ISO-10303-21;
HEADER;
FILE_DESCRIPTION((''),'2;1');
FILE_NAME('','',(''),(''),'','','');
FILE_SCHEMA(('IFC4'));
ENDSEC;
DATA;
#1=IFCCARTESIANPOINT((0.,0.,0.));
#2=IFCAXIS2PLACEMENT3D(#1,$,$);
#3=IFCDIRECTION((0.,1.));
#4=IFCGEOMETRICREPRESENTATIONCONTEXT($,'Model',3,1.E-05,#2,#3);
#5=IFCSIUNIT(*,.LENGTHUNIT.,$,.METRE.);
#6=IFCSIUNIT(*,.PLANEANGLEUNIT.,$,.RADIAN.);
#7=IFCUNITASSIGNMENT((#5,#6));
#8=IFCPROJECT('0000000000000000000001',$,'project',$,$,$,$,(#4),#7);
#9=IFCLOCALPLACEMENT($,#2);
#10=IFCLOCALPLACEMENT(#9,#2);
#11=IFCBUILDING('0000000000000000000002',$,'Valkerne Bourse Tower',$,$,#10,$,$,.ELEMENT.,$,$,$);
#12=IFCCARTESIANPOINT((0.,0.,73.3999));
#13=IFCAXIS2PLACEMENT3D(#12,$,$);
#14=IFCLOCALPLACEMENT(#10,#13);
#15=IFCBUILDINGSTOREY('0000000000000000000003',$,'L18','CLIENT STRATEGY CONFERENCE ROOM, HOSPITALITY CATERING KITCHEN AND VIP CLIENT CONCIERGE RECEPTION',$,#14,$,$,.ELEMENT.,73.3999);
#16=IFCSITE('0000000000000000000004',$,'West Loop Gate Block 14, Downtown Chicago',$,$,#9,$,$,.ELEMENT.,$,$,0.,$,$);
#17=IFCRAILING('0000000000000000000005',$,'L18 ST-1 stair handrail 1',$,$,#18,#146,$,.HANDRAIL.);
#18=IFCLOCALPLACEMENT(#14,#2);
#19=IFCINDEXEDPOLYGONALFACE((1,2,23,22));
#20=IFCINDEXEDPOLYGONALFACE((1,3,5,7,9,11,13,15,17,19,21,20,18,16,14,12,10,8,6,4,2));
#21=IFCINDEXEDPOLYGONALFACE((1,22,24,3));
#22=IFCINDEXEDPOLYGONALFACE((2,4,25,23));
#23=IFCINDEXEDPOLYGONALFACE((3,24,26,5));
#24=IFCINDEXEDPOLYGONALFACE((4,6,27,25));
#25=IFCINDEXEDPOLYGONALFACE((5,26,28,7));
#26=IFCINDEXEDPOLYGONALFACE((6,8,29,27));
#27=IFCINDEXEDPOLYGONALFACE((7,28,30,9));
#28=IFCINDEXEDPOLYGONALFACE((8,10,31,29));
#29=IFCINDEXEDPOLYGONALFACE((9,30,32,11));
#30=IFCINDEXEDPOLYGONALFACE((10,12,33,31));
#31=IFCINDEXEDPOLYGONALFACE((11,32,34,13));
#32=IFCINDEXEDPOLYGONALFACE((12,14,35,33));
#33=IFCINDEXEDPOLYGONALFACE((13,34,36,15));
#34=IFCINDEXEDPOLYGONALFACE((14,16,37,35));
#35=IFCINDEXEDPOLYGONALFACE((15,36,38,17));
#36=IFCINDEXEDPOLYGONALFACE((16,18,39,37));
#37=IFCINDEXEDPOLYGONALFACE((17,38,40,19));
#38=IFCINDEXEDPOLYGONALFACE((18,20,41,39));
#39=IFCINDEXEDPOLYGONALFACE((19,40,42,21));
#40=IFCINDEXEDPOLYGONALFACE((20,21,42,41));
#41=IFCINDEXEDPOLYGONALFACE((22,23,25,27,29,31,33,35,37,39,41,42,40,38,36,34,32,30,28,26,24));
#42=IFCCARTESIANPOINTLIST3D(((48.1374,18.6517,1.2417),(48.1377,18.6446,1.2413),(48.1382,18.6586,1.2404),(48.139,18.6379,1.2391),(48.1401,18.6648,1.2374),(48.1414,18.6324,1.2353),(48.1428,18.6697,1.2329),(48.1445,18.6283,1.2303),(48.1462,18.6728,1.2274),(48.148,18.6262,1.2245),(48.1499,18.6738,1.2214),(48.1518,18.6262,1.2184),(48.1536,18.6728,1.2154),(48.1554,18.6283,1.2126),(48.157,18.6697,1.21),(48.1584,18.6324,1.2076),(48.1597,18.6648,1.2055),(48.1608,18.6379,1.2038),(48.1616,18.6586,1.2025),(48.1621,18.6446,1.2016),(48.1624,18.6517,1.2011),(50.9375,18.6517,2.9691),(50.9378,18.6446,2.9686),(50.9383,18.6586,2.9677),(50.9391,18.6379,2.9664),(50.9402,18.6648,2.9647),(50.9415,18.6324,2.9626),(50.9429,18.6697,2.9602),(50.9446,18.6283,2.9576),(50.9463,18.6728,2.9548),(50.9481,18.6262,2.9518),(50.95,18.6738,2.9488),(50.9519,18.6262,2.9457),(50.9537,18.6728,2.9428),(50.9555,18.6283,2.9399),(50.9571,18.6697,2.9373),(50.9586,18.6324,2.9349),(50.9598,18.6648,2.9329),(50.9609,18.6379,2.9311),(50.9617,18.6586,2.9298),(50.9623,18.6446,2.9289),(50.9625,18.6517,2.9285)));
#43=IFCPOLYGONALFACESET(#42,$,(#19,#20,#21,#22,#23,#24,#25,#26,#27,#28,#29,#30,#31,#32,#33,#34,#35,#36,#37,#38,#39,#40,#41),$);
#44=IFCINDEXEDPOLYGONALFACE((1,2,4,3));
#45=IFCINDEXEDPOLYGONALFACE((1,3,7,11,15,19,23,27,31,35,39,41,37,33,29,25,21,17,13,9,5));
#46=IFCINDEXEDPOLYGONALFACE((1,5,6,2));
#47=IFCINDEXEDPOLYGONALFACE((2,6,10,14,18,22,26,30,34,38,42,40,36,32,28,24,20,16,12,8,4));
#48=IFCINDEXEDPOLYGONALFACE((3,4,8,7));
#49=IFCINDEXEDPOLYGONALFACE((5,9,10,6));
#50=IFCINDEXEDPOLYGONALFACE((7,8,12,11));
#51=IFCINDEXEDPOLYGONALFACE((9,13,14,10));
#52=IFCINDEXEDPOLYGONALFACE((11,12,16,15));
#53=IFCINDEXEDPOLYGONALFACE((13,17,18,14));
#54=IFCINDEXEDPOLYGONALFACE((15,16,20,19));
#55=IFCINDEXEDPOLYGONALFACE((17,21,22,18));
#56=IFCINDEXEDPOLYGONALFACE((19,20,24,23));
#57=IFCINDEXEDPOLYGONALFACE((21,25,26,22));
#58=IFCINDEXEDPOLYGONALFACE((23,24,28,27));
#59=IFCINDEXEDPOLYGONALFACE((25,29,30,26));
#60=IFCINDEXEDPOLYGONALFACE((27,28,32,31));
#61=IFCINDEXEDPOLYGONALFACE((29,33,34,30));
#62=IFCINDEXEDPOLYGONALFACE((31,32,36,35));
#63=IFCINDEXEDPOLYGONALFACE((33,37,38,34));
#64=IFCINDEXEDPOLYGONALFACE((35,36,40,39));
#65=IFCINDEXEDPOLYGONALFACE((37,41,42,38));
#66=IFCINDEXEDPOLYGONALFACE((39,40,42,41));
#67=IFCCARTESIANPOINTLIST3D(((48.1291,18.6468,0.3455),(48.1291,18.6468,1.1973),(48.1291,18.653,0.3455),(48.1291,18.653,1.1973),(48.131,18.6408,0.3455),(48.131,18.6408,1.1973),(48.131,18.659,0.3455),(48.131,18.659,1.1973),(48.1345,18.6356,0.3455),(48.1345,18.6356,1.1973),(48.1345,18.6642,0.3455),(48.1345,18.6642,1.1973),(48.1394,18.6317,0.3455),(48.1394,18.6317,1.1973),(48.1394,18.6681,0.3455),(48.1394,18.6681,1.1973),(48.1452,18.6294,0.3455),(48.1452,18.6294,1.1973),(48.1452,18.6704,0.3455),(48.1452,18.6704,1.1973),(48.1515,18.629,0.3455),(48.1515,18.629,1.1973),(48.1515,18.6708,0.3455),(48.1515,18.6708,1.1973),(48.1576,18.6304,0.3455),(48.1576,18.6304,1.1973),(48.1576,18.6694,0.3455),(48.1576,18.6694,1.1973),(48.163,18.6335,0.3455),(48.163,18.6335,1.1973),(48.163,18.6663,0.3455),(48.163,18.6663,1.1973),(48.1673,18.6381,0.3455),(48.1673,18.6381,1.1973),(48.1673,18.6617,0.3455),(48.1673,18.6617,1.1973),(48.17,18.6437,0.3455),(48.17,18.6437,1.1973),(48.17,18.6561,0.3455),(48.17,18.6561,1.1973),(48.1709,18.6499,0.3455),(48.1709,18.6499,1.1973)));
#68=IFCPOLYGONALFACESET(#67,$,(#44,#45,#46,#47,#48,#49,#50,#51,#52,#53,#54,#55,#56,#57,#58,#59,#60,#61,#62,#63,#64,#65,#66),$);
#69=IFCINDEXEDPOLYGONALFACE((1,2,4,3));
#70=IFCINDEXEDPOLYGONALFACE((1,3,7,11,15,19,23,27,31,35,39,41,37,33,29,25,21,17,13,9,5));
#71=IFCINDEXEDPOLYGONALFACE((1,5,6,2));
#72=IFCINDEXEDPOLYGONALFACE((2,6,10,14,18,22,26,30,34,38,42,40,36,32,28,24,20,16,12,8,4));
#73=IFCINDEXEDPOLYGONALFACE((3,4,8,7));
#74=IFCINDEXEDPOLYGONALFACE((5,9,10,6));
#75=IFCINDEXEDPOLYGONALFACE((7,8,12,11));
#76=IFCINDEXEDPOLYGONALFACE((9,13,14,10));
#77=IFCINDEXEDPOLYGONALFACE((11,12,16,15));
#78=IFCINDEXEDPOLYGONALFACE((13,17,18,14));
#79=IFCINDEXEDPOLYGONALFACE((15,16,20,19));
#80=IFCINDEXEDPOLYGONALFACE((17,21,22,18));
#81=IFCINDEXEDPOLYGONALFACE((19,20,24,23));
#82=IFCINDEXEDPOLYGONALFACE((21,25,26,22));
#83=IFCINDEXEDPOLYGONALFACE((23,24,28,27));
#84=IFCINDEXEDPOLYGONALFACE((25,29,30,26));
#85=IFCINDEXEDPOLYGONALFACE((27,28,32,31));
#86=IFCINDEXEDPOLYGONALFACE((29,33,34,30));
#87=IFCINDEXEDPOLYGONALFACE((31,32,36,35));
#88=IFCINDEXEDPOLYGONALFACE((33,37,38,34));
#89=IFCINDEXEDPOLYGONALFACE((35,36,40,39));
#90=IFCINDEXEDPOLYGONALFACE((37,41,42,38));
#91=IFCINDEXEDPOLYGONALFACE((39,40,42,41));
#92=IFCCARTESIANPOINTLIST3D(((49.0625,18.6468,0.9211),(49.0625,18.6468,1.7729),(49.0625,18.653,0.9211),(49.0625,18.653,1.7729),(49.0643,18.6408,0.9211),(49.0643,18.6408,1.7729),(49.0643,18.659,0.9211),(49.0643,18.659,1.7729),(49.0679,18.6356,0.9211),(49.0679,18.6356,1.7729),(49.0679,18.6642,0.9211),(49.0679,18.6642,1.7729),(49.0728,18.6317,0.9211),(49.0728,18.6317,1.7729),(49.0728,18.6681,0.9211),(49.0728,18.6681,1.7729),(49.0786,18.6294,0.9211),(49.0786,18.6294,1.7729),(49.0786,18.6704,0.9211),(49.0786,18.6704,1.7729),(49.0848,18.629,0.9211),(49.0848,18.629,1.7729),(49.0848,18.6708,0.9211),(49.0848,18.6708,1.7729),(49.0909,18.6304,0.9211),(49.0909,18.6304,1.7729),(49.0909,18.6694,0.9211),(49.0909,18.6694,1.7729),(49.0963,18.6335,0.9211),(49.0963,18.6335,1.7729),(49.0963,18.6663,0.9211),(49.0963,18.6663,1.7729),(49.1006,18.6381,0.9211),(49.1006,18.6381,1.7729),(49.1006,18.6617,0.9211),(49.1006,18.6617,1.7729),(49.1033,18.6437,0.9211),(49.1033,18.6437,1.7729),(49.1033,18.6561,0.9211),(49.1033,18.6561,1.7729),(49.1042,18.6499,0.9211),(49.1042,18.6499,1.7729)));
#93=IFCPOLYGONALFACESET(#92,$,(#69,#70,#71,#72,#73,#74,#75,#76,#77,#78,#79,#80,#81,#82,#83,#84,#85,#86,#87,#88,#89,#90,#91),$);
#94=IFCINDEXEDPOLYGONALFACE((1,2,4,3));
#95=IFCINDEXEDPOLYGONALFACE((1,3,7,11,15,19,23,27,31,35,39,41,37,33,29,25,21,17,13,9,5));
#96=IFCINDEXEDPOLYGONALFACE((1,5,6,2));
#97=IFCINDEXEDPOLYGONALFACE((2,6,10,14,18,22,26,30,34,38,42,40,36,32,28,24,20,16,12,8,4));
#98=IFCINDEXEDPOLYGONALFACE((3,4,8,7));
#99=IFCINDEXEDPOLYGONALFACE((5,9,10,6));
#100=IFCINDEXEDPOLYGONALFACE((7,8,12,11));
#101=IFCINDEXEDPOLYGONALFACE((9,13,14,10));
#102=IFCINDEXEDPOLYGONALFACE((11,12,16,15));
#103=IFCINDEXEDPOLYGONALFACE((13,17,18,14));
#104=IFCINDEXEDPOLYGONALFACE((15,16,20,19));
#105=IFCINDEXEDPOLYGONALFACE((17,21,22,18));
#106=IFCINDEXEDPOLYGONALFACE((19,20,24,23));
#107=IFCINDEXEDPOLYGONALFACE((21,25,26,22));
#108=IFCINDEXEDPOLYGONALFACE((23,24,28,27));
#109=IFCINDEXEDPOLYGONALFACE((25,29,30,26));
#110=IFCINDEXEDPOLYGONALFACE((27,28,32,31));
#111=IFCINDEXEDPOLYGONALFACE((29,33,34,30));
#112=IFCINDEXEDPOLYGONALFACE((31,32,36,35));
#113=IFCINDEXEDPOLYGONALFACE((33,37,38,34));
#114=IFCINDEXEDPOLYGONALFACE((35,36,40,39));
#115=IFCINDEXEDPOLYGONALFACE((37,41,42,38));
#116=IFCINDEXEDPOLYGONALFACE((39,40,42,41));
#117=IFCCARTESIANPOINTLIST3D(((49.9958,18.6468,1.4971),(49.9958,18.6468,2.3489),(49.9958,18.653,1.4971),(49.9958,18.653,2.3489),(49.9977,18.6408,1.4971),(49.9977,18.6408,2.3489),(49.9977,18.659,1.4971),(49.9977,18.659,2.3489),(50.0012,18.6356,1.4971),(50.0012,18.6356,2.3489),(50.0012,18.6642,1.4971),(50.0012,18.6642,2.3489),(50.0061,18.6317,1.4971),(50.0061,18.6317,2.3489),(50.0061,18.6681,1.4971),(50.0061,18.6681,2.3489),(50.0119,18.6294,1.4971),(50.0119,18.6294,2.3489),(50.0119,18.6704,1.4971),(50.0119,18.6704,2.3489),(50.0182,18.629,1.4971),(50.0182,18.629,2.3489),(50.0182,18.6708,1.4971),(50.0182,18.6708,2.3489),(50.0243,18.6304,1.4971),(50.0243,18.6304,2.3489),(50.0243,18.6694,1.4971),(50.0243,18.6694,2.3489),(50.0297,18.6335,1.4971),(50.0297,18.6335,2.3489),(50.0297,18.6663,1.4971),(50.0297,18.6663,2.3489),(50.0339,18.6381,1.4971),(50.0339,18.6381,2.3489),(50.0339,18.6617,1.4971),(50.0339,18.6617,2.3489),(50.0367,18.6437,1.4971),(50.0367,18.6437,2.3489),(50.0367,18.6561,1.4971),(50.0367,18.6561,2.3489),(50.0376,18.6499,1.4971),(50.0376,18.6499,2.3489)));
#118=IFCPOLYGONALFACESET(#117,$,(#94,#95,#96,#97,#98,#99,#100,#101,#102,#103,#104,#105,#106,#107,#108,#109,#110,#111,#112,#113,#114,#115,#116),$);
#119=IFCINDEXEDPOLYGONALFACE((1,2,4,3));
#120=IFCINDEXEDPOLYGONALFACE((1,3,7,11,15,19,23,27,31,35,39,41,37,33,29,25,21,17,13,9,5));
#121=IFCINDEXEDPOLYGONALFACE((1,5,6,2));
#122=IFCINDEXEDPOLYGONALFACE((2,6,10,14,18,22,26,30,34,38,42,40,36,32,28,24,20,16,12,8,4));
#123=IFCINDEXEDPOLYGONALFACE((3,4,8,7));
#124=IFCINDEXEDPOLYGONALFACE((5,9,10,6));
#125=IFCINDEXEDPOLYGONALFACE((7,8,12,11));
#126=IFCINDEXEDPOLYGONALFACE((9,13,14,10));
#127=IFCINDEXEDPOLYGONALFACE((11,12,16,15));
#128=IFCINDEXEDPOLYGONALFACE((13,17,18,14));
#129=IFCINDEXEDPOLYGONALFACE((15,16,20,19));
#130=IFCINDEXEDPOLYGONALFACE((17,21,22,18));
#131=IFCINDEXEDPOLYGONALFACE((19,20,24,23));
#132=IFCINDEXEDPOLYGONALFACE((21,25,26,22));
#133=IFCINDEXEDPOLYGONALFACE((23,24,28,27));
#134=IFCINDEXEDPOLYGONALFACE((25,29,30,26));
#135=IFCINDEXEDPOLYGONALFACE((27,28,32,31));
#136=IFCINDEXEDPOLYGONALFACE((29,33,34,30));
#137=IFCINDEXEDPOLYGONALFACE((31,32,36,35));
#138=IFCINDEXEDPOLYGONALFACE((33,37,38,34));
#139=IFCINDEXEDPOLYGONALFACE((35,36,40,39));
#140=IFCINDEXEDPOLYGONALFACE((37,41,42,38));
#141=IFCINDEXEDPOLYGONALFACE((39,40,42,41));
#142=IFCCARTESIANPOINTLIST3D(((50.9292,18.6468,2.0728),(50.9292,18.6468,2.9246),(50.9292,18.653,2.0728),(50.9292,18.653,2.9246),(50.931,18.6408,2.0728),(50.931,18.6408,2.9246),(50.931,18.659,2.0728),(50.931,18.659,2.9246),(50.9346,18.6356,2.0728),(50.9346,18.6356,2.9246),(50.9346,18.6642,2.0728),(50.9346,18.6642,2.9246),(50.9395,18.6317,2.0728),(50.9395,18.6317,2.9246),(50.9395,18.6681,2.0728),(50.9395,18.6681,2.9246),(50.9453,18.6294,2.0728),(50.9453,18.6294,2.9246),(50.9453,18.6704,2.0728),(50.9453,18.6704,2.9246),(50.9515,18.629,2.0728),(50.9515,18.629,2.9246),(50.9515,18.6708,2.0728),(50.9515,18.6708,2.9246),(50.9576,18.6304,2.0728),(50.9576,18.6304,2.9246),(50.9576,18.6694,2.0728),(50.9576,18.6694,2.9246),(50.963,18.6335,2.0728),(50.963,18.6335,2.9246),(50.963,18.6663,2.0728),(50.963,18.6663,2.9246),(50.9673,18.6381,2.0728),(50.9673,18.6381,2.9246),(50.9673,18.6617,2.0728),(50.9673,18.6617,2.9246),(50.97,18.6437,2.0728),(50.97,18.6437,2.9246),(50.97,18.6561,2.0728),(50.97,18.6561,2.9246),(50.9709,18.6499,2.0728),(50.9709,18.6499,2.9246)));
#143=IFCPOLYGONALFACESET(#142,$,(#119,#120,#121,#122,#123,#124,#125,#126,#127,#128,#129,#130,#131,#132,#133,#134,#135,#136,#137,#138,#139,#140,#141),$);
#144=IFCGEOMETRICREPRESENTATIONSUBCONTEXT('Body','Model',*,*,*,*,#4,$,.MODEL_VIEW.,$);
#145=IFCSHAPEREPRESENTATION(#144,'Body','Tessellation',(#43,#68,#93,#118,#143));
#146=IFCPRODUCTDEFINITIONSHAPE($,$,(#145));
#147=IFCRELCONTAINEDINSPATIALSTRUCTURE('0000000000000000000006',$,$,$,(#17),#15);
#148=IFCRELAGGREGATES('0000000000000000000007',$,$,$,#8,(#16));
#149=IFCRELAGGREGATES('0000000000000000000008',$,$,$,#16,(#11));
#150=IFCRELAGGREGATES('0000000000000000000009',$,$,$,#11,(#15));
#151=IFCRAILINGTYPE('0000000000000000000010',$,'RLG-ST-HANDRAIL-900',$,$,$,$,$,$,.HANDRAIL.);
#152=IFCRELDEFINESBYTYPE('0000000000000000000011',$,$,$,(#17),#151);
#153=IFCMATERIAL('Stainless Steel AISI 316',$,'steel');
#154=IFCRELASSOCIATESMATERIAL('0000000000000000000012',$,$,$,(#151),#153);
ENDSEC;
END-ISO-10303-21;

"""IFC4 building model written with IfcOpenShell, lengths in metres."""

from ifc_helpers import new_model, si_unit, direction, frame, origin, origin_2d, place, context, subcontext, project, spatial, circle, extrude, material, type_object, element, save


model = new_model("IFC4")

# Units and contexts
model_context = context("Model", 3, precision=1e-05, world=origin(), true_north=direction((0.0, 1.0)))
body_context = subcontext(model_context, "Body", "Model", "MODEL_VIEW")
ifc_project = project(units=[si_unit("LENGTHUNIT", "METRE"), si_unit("PLANEANGLEUNIT", "RADIAN")], contexts=[model_context])

# Site, building, storey
site_placement = place(None, origin())
site = spatial("IfcSite", under=ifc_project, at=site_placement, Name="West Loop Gate Block 14, Downtown Chicago", CompositionType="ELEMENT", RefElevation=0.0)
building_placement = place(site_placement, origin())
building = spatial("IfcBuilding", under=site, at=building_placement, Name="Valkerne Bourse Tower", CompositionType="ELEMENT")
storey_placement = place(building_placement, frame((0.0, 0.0, 73.3999)))
storey = spatial("IfcBuildingStorey", under=building, at=storey_placement, Name="L18", Description="CLIENT STRATEGY CONFERENCE ROOM, HOSPITALITY CATERING KITCHEN AND VIP CLIENT CONCIERGE RECEPTION", CompositionType="ELEMENT", Elevation=73.3999)

# Shared definitions
ifc_material_1 = material(Name="Stainless Steel AISI 316", Category="steel")

# Railing
railing_type_1 = type_object("IfcRailingType", Name="RLG-ST-HANDRAIL-900", PredefinedType="HANDRAIL", material=ifc_material_1)
railing_1_placement = place(storey_placement, frame((48.1499, 18.6499, 0.3455)))
element("IfcRailing", 1, at=railing_1_placement, inside=storey, type_object=railing_type_1, Name="L18 ST-1 stair handrail 1", PredefinedType="HANDRAIL", context=body_context, shape_type="SweptSolid", body=[
    extrude(circle(Radius=0.0239, at=origin_2d()), frame((0.0, 0.0, 0.876), z_axis=(0.85109, 0.0, 0.52502), x_axis=(0.0, 1.0, 0.0)), (0.0, 0.0, 1.0), 3.29),
    extrude(circle(Radius=0.021, at=origin_2d()), origin(), (0.0, 0.0, 1.0), 0.8518),
    extrude(circle(Radius=0.021, at=origin_2d()), frame((0.9333, 0.0, 0.5757)), (0.0, 0.0, 1.0), 0.8518),
    extrude(circle(Radius=0.021, at=origin_2d()), frame((1.8667, 0.0, 1.1516)), (0.0, 0.0, 1.0), 0.8518),
    extrude(circle(Radius=0.021, at=origin_2d()), frame((2.8, 0.0, 1.7273)), (0.0, 0.0, 1.0), 0.8518),
])

save(model, "model.ifc")
